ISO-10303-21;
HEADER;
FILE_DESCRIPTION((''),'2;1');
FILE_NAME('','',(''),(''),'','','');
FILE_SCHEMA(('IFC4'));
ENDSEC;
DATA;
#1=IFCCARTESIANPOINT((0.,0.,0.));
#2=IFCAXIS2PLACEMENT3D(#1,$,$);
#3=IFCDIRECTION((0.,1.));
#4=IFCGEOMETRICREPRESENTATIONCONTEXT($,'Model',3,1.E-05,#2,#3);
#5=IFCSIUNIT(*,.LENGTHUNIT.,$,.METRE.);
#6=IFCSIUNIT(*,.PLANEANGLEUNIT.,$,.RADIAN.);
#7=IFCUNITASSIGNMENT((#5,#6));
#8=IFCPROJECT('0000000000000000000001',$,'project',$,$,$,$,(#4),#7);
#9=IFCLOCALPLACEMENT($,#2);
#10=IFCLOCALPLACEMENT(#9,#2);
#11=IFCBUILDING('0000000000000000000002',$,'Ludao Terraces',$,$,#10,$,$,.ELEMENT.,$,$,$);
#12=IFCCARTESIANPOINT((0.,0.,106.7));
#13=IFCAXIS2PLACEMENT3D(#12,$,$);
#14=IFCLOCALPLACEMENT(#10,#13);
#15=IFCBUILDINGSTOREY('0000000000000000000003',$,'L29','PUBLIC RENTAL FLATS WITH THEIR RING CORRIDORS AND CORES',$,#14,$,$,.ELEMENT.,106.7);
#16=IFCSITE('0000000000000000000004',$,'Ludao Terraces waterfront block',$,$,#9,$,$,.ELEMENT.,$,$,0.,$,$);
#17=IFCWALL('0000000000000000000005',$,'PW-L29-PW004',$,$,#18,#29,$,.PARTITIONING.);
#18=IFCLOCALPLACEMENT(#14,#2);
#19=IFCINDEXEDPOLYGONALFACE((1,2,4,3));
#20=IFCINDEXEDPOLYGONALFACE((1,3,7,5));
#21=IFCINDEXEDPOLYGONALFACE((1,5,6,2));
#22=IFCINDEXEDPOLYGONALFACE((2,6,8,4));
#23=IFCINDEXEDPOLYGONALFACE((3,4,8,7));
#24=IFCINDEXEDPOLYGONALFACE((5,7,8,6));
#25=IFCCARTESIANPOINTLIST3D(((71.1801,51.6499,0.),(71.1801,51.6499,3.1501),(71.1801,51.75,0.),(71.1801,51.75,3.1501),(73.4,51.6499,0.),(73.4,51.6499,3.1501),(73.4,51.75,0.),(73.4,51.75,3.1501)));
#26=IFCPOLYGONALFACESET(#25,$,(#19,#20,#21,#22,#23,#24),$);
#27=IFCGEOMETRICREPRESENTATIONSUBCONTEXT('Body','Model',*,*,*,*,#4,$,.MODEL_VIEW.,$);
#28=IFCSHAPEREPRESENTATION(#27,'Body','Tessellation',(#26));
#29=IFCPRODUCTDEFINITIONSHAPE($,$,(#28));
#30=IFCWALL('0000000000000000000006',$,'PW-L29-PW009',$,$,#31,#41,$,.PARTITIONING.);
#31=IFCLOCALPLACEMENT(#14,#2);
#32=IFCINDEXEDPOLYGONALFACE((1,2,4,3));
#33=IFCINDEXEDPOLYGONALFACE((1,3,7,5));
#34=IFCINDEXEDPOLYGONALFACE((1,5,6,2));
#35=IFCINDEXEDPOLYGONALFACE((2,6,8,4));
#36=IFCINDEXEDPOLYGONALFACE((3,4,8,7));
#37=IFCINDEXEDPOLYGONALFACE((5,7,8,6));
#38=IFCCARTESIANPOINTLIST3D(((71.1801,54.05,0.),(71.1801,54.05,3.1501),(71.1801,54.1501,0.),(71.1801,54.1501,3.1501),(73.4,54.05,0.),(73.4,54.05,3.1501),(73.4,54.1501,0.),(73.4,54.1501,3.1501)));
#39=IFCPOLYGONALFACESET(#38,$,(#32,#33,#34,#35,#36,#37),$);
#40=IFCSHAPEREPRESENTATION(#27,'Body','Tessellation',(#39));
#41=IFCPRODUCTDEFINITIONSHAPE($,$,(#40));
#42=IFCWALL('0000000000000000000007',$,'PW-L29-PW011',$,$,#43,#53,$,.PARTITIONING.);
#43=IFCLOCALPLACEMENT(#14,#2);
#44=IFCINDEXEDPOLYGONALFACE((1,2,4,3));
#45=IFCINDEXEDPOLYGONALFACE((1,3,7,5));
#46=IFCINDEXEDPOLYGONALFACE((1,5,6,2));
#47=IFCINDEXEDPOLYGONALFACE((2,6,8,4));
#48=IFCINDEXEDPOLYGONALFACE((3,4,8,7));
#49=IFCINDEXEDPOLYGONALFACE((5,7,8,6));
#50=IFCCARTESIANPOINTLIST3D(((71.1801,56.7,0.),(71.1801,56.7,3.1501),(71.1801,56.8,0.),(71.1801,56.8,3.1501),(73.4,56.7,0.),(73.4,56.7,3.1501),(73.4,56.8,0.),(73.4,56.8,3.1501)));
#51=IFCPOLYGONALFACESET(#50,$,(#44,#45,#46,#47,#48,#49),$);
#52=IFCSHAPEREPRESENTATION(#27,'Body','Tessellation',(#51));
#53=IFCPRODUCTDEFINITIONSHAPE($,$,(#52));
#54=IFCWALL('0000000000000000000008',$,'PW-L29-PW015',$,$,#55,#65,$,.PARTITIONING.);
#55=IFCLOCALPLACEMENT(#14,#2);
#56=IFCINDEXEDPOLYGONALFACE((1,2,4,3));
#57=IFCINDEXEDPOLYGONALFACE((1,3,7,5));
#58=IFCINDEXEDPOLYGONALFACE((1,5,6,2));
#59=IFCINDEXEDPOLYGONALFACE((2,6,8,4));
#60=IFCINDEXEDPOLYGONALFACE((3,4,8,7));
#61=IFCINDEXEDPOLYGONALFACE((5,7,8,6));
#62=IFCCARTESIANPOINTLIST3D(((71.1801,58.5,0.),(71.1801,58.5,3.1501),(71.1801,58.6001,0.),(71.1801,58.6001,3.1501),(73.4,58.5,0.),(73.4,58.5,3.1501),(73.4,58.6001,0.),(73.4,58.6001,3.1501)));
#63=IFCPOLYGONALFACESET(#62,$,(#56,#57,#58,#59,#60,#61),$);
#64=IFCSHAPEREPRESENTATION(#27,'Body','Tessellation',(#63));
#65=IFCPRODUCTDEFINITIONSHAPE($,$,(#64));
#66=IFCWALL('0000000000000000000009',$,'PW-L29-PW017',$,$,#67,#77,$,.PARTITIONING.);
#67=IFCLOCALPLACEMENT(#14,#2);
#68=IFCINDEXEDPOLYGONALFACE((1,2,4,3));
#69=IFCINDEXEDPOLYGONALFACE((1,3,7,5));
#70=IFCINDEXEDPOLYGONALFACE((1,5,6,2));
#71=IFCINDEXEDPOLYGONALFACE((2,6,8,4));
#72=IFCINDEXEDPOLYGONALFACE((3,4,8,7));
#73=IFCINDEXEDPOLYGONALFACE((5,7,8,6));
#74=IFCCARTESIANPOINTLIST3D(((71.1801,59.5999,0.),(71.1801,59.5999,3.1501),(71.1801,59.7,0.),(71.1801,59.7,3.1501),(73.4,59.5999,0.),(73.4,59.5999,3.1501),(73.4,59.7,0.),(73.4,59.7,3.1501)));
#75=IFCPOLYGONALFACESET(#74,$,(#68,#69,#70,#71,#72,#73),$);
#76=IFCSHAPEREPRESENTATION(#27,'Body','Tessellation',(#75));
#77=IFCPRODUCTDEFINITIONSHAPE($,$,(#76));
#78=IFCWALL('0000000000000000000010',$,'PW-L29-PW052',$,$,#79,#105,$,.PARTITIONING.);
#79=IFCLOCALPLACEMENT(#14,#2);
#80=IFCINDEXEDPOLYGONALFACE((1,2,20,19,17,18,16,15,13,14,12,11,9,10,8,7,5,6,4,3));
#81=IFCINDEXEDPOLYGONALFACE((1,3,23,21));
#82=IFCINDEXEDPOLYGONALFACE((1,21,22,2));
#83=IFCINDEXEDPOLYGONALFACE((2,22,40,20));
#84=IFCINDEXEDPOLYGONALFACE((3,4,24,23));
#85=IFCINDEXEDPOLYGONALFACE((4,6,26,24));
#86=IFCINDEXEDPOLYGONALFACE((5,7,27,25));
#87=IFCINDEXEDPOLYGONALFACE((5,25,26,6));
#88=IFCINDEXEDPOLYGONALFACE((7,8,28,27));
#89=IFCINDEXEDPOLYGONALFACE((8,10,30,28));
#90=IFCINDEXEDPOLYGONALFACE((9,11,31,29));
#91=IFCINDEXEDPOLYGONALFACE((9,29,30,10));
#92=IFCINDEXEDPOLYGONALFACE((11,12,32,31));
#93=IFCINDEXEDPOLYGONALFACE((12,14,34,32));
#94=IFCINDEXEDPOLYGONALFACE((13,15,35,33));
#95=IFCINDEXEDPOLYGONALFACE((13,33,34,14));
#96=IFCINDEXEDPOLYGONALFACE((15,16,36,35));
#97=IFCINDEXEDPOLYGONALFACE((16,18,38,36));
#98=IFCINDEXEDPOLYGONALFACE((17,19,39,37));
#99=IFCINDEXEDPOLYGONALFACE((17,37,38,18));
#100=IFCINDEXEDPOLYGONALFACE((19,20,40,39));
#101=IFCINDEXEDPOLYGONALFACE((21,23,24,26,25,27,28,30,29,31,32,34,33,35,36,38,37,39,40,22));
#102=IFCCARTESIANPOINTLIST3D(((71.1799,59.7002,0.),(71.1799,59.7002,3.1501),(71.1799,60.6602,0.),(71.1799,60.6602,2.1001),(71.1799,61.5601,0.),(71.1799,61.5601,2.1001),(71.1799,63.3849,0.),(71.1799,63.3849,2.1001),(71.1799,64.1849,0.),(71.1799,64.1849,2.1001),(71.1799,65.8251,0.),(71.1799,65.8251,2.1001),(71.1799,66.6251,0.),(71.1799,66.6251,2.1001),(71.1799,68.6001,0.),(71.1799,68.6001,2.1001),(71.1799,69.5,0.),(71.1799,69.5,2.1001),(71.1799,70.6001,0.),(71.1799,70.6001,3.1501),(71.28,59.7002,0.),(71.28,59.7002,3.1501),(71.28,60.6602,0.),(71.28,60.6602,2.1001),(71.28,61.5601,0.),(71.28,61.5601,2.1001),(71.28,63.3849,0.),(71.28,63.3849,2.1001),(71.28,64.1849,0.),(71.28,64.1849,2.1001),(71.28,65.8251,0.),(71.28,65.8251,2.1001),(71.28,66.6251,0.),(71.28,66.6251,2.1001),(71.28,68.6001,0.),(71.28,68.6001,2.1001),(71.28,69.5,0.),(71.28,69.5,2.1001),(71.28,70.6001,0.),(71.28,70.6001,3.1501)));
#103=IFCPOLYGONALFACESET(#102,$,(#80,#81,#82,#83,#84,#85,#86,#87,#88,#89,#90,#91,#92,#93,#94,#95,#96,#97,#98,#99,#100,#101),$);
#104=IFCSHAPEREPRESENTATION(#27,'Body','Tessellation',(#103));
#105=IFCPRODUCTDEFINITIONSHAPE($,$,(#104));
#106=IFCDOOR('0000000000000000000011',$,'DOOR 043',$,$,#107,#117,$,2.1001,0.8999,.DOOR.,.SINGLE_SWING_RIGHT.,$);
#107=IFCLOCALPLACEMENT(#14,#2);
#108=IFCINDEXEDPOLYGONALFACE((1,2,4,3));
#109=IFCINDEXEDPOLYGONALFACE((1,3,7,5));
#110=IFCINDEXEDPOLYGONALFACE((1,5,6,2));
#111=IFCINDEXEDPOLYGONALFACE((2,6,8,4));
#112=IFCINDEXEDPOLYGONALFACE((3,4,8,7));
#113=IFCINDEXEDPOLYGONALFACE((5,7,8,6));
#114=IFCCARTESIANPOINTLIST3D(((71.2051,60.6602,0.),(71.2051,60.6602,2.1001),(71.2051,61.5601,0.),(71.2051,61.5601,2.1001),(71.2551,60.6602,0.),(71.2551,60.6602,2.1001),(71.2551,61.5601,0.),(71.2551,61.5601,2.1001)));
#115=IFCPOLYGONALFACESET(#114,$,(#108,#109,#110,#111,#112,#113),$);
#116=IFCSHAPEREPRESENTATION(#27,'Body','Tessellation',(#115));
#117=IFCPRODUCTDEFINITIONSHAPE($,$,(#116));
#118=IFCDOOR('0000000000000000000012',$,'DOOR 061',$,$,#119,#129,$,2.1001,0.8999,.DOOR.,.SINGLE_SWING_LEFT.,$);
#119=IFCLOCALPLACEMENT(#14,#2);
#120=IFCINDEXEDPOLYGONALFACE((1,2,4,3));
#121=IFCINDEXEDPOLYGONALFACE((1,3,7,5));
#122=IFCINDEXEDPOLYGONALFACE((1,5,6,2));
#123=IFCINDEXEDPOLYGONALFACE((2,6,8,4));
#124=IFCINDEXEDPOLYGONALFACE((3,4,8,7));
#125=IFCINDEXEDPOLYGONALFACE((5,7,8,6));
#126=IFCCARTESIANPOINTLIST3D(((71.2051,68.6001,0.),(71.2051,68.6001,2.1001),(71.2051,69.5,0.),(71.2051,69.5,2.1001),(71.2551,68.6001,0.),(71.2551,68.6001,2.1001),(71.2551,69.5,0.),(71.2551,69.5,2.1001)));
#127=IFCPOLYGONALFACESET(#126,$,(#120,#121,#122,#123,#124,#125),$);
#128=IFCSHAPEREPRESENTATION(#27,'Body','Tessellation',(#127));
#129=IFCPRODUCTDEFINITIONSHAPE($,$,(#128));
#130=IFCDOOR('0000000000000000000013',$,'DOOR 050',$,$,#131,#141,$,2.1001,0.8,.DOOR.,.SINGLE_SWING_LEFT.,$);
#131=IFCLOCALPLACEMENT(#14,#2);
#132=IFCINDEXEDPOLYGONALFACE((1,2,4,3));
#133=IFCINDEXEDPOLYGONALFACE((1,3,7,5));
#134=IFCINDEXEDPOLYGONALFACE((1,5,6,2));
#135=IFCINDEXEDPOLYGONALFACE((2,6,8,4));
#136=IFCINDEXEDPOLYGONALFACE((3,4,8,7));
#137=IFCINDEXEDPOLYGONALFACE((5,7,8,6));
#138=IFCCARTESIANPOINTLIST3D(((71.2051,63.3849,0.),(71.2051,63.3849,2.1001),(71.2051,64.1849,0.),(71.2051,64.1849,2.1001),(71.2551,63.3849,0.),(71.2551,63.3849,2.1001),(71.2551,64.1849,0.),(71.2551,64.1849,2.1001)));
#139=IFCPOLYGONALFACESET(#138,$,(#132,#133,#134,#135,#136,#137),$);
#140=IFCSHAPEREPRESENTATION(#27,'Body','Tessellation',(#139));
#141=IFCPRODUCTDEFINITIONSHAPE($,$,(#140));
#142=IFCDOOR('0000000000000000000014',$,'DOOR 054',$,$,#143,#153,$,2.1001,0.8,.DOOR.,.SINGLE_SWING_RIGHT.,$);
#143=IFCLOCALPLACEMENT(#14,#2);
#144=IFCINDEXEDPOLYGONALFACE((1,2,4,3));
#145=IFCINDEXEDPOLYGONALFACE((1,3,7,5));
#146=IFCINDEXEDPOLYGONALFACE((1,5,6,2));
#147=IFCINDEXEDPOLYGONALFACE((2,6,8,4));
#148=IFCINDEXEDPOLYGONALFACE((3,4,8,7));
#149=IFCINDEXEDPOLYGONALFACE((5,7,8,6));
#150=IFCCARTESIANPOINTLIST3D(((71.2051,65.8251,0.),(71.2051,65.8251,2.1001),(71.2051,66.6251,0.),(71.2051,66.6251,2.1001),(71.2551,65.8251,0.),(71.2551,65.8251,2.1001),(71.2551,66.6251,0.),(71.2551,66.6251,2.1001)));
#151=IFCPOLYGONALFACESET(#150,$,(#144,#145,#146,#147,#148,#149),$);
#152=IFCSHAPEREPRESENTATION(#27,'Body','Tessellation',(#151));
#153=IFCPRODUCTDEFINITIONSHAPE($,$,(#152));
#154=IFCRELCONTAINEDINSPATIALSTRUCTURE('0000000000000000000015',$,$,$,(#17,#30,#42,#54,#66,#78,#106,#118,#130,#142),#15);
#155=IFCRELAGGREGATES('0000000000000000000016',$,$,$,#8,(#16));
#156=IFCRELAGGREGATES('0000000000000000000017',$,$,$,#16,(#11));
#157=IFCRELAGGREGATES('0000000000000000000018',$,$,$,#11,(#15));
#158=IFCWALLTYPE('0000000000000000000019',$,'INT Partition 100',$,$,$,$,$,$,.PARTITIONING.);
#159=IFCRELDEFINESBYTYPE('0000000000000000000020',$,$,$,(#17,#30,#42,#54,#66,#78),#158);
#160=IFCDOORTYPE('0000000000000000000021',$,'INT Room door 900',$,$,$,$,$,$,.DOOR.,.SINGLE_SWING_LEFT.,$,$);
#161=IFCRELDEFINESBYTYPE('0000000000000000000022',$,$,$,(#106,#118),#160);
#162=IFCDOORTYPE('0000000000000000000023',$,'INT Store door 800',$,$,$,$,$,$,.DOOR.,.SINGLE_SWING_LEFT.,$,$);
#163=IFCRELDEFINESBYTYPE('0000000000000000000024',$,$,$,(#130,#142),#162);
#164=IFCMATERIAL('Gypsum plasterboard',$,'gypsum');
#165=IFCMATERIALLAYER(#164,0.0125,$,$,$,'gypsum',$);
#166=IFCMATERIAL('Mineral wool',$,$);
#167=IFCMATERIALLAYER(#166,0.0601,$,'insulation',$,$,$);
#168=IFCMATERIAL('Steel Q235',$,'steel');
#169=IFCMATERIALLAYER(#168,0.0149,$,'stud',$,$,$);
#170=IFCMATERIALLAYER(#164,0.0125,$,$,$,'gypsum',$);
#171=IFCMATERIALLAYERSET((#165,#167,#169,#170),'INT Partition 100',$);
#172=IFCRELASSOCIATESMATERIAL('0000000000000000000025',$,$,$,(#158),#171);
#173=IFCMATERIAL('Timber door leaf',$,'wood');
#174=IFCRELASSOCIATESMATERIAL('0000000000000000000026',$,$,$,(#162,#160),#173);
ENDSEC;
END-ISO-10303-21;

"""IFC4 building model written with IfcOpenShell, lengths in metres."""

from ifc_helpers import new_model, si_unit, direction, frame, frame_2d, origin, place, context, subcontext, project, spatial, rectangle, extrude, material, layer, layer_set, type_object, element, fill, save


model = new_model("IFC4")

# Units and contexts
model_context = context("Model", 3, precision=1e-05, world=origin(), true_north=direction((0.0, 1.0)))
body_context = subcontext(model_context, "Body", "Model", "MODEL_VIEW")
ifc_project = project(units=[si_unit("LENGTHUNIT", "METRE"), si_unit("PLANEANGLEUNIT", "RADIAN")], contexts=[model_context])

# Site, building, storey
site_placement = place(None, origin())
site = spatial("IfcSite", under=ifc_project, at=site_placement, Name="Ludao Terraces waterfront block", CompositionType="ELEMENT", RefElevation=0.0)
building_placement = place(site_placement, origin())
building = spatial("IfcBuilding", under=site, at=building_placement, Name="Ludao Terraces", CompositionType="ELEMENT")
storey_placement = place(building_placement, frame((0.0, 0.0, 106.7)))
storey = spatial("IfcBuildingStorey", under=building, at=storey_placement, Name="L29", Description="PUBLIC RENTAL FLATS WITH THEIR RING CORRIDORS AND CORES", CompositionType="ELEMENT", Elevation=106.7)

# Shared definitions
ifc_material_1 = material(Name="Steel Q235", Category="steel")
ifc_material_2 = material(Name="Gypsum plasterboard", Category="gypsum")
ifc_layer_1 = layer(ifc_material_2, 0.0125, Category="gypsum")
ifc_material_3 = material(Name="Mineral wool")
ifc_layer_2 = layer(ifc_material_3, 0.0601, Name="insulation")
ifc_layer_3 = layer(ifc_material_1, 0.0149, Name="stud")
ifc_layer_4 = layer(ifc_material_2, 0.0125, Category="gypsum")
ifc_layer_set_1 = layer_set([ifc_layer_1, ifc_layer_2, ifc_layer_3, ifc_layer_4], Name="INT Partition 100")
wall_type_1 = type_object("IfcWallType", Name="INT Partition 100", PredefinedType="PARTITIONING", material=ifc_layer_set_1)
ifc_material_4 = material(Name="Timber door leaf", Category="wood")
door_type_1 = type_object("IfcDoorType", Name="INT Store door 800", OperationType="SINGLE_SWING_LEFT", PredefinedType="DOOR", material=ifc_material_4)

# Walls
for number, where, z_axis, x_axis, name in (
    (1, (71.1802, 51.7, 0.0), (0.0, 0.0, 1.0), (1.0, 0.0, 0.0), "PW-L29-PW004"),
    (2, (71.1802, 54.1001, 0.0), (0.0, 0.0, 1.0), (1.0, 0.0, 0.0), "PW-L29-PW009"),
    (3, (71.1802, 56.75, 0.0), (0.0, 0.0, 1.0), (1.0, 0.0, 0.0), "PW-L29-PW011"),
    (4, (71.1802, 58.55, 0.0), (0.0, 0.0, 1.0), (1.0, 0.0, 0.0), "PW-L29-PW015"),
    (5, (71.1802, 59.6499, 0.0), (0.0, 0.0, 1.0), (1.0, 0.0, 0.0), "PW-L29-PW017"),
):
    element("IfcWall", number, at=place(storey_placement, frame(where, z_axis=z_axis, x_axis=x_axis)), inside=storey, type_object=wall_type_1, Name=name, PredefinedType="PARTITIONING", context=body_context, shape_type="SweptSolid", body=[
        extrude(rectangle(XDim=2.22, YDim=0.1001, at=frame_2d((1.1099, 0.0))), origin(), (0.0, 0.0, 1.0), 3.1501),
    ])

# Wall, openings, doors
wall_1_placement = place(storey_placement, frame((71.23, 59.7002, 0.0), z_axis=(0.0, 0.0, 1.0), x_axis=(0.0, 1.0, 0.0)))
wall_1 = element("IfcWall", 6, at=wall_1_placement, inside=storey, type_object=wall_type_1, Name="PW-L29-PW052", PredefinedType="PARTITIONING", context=body_context, shape_type="SweptSolid", body=[
    extrude(rectangle(XDim=10.8999, YDim=0.1001, at=frame_2d((5.45, 0.0))), origin(), (0.0, 0.0, 1.0), 3.1501),
])
opening_1_placement = place(wall_1_placement, frame((0.96, 0.0, 0.0)))
opening_1 = element("IfcOpeningElement", 7, at=opening_1_placement, cuts=wall_1, PredefinedType="OPENING", context=body_context, shape_type="SweptSolid", body=[
    extrude(rectangle(XDim=0.8999, YDim=2.1001, at=frame_2d((0.45, 1.05))), frame((0.0, 0.0601, 0.0), z_axis=(0.0, -1.0, 0.0), x_axis=(1.0, 0.0, 0.0)), (0.0, 0.0, 1.0), 0.1201),
])
opening_2_placement = place(wall_1_placement, frame((3.6848, 0.0, 0.0)))
opening_2 = element("IfcOpeningElement", 8, at=opening_2_placement, cuts=wall_1, PredefinedType="OPENING", context=body_context, shape_type="SweptSolid", body=[
    extrude(rectangle(XDim=0.8, YDim=2.1001, at=frame_2d((0.3999, 1.05))), frame((0.0, 0.0601, 0.0), z_axis=(0.0, -1.0, 0.0), x_axis=(1.0, 0.0, 0.0)), (0.0, 0.0, 1.0), 0.1201),
])
opening_3_placement = place(wall_1_placement, frame((6.125, 0.0, 0.0)))
opening_3 = element("IfcOpeningElement", 9, at=opening_3_placement, cuts=wall_1, PredefinedType="OPENING", context=body_context, shape_type="SweptSolid", body=[
    extrude(rectangle(XDim=0.8, YDim=2.1001, at=frame_2d((0.3999, 1.05))), frame((0.0, 0.0601, 0.0), z_axis=(0.0, -1.0, 0.0), x_axis=(1.0, 0.0, 0.0)), (0.0, 0.0, 1.0), 0.1201),
])
opening_4_placement = place(wall_1_placement, frame((8.8999, 0.0, 0.0)))
opening_4 = element("IfcOpeningElement", 10, at=opening_4_placement, cuts=wall_1, PredefinedType="OPENING", context=body_context, shape_type="SweptSolid", body=[
    extrude(rectangle(XDim=0.8999, YDim=2.1001, at=frame_2d((0.45, 1.05))), frame((0.0, 0.0601, 0.0), z_axis=(0.0, -1.0, 0.0), x_axis=(1.0, 0.0, 0.0)), (0.0, 0.0, 1.0), 0.1201),
])
door_type_2 = type_object("IfcDoorType", Name="INT Room door 900", OperationType="SINGLE_SWING_LEFT", PredefinedType="DOOR", material=ifc_material_4)
door_1_placement = place(opening_1_placement, origin())
door_1 = element("IfcDoor", 11, at=door_1_placement, inside=storey, type_object=door_type_2, Name="DOOR 043", OperationType="SINGLE_SWING_RIGHT", OverallHeight=2.1001, OverallWidth=0.8999, PredefinedType="DOOR", context=body_context, shape_type="SweptSolid", body=[
    extrude(rectangle(XDim=0.8999, YDim=2.1001, at=frame_2d((0.45, 1.05))), frame((0.0, 0.0249, 0.0), z_axis=(0.0, -1.0, 0.0), x_axis=(1.0, 0.0, 0.0)), (0.0, 0.0, 1.0), 0.05),
])
fill(opening_1, door_1)
door_2_placement = place(opening_4_placement, origin())
door_2 = element("IfcDoor", 12, at=door_2_placement, inside=storey, type_object=door_type_2, Name="DOOR 061", OperationType="SINGLE_SWING_LEFT", OverallHeight=2.1001, OverallWidth=0.8999, PredefinedType="DOOR", context=body_context, shape_type="SweptSolid", body=[
    extrude(rectangle(XDim=0.8999, YDim=2.1001, at=frame_2d((0.45, 1.05))), frame((0.0, 0.0249, 0.0), z_axis=(0.0, -1.0, 0.0), x_axis=(1.0, 0.0, 0.0)), (0.0, 0.0, 1.0), 0.05),
])
fill(opening_4, door_2)
door_3_placement = place(opening_2_placement, origin())
door_3 = element("IfcDoor", 13, at=door_3_placement, inside=storey, type_object=door_type_1, Name="DOOR 050", OperationType="SINGLE_SWING_LEFT", OverallHeight=2.1001, OverallWidth=0.8, PredefinedType="DOOR", context=body_context, shape_type="SweptSolid", body=[
    extrude(rectangle(XDim=0.8, YDim=2.1001, at=frame_2d((0.3999, 1.05))), frame((0.0, 0.0249, 0.0), z_axis=(0.0, -1.0, 0.0), x_axis=(1.0, 0.0, 0.0)), (0.0, 0.0, 1.0), 0.05),
])
fill(opening_2, door_3)
door_4_placement = place(opening_3_placement, origin())
door_4 = element("IfcDoor", 14, at=door_4_placement, inside=storey, type_object=door_type_1, Name="DOOR 054", OperationType="SINGLE_SWING_RIGHT", OverallHeight=2.1001, OverallWidth=0.8, PredefinedType="DOOR", context=body_context, shape_type="SweptSolid", body=[
    extrude(rectangle(XDim=0.8, YDim=2.1001, at=frame_2d((0.3999, 1.05))), frame((0.0, 0.0249, 0.0), z_axis=(0.0, -1.0, 0.0), x_axis=(1.0, 0.0, 0.0)), (0.0, 0.0, 1.0), 0.05),
])
fill(opening_3, door_4)

save(model, "model.ifc")
